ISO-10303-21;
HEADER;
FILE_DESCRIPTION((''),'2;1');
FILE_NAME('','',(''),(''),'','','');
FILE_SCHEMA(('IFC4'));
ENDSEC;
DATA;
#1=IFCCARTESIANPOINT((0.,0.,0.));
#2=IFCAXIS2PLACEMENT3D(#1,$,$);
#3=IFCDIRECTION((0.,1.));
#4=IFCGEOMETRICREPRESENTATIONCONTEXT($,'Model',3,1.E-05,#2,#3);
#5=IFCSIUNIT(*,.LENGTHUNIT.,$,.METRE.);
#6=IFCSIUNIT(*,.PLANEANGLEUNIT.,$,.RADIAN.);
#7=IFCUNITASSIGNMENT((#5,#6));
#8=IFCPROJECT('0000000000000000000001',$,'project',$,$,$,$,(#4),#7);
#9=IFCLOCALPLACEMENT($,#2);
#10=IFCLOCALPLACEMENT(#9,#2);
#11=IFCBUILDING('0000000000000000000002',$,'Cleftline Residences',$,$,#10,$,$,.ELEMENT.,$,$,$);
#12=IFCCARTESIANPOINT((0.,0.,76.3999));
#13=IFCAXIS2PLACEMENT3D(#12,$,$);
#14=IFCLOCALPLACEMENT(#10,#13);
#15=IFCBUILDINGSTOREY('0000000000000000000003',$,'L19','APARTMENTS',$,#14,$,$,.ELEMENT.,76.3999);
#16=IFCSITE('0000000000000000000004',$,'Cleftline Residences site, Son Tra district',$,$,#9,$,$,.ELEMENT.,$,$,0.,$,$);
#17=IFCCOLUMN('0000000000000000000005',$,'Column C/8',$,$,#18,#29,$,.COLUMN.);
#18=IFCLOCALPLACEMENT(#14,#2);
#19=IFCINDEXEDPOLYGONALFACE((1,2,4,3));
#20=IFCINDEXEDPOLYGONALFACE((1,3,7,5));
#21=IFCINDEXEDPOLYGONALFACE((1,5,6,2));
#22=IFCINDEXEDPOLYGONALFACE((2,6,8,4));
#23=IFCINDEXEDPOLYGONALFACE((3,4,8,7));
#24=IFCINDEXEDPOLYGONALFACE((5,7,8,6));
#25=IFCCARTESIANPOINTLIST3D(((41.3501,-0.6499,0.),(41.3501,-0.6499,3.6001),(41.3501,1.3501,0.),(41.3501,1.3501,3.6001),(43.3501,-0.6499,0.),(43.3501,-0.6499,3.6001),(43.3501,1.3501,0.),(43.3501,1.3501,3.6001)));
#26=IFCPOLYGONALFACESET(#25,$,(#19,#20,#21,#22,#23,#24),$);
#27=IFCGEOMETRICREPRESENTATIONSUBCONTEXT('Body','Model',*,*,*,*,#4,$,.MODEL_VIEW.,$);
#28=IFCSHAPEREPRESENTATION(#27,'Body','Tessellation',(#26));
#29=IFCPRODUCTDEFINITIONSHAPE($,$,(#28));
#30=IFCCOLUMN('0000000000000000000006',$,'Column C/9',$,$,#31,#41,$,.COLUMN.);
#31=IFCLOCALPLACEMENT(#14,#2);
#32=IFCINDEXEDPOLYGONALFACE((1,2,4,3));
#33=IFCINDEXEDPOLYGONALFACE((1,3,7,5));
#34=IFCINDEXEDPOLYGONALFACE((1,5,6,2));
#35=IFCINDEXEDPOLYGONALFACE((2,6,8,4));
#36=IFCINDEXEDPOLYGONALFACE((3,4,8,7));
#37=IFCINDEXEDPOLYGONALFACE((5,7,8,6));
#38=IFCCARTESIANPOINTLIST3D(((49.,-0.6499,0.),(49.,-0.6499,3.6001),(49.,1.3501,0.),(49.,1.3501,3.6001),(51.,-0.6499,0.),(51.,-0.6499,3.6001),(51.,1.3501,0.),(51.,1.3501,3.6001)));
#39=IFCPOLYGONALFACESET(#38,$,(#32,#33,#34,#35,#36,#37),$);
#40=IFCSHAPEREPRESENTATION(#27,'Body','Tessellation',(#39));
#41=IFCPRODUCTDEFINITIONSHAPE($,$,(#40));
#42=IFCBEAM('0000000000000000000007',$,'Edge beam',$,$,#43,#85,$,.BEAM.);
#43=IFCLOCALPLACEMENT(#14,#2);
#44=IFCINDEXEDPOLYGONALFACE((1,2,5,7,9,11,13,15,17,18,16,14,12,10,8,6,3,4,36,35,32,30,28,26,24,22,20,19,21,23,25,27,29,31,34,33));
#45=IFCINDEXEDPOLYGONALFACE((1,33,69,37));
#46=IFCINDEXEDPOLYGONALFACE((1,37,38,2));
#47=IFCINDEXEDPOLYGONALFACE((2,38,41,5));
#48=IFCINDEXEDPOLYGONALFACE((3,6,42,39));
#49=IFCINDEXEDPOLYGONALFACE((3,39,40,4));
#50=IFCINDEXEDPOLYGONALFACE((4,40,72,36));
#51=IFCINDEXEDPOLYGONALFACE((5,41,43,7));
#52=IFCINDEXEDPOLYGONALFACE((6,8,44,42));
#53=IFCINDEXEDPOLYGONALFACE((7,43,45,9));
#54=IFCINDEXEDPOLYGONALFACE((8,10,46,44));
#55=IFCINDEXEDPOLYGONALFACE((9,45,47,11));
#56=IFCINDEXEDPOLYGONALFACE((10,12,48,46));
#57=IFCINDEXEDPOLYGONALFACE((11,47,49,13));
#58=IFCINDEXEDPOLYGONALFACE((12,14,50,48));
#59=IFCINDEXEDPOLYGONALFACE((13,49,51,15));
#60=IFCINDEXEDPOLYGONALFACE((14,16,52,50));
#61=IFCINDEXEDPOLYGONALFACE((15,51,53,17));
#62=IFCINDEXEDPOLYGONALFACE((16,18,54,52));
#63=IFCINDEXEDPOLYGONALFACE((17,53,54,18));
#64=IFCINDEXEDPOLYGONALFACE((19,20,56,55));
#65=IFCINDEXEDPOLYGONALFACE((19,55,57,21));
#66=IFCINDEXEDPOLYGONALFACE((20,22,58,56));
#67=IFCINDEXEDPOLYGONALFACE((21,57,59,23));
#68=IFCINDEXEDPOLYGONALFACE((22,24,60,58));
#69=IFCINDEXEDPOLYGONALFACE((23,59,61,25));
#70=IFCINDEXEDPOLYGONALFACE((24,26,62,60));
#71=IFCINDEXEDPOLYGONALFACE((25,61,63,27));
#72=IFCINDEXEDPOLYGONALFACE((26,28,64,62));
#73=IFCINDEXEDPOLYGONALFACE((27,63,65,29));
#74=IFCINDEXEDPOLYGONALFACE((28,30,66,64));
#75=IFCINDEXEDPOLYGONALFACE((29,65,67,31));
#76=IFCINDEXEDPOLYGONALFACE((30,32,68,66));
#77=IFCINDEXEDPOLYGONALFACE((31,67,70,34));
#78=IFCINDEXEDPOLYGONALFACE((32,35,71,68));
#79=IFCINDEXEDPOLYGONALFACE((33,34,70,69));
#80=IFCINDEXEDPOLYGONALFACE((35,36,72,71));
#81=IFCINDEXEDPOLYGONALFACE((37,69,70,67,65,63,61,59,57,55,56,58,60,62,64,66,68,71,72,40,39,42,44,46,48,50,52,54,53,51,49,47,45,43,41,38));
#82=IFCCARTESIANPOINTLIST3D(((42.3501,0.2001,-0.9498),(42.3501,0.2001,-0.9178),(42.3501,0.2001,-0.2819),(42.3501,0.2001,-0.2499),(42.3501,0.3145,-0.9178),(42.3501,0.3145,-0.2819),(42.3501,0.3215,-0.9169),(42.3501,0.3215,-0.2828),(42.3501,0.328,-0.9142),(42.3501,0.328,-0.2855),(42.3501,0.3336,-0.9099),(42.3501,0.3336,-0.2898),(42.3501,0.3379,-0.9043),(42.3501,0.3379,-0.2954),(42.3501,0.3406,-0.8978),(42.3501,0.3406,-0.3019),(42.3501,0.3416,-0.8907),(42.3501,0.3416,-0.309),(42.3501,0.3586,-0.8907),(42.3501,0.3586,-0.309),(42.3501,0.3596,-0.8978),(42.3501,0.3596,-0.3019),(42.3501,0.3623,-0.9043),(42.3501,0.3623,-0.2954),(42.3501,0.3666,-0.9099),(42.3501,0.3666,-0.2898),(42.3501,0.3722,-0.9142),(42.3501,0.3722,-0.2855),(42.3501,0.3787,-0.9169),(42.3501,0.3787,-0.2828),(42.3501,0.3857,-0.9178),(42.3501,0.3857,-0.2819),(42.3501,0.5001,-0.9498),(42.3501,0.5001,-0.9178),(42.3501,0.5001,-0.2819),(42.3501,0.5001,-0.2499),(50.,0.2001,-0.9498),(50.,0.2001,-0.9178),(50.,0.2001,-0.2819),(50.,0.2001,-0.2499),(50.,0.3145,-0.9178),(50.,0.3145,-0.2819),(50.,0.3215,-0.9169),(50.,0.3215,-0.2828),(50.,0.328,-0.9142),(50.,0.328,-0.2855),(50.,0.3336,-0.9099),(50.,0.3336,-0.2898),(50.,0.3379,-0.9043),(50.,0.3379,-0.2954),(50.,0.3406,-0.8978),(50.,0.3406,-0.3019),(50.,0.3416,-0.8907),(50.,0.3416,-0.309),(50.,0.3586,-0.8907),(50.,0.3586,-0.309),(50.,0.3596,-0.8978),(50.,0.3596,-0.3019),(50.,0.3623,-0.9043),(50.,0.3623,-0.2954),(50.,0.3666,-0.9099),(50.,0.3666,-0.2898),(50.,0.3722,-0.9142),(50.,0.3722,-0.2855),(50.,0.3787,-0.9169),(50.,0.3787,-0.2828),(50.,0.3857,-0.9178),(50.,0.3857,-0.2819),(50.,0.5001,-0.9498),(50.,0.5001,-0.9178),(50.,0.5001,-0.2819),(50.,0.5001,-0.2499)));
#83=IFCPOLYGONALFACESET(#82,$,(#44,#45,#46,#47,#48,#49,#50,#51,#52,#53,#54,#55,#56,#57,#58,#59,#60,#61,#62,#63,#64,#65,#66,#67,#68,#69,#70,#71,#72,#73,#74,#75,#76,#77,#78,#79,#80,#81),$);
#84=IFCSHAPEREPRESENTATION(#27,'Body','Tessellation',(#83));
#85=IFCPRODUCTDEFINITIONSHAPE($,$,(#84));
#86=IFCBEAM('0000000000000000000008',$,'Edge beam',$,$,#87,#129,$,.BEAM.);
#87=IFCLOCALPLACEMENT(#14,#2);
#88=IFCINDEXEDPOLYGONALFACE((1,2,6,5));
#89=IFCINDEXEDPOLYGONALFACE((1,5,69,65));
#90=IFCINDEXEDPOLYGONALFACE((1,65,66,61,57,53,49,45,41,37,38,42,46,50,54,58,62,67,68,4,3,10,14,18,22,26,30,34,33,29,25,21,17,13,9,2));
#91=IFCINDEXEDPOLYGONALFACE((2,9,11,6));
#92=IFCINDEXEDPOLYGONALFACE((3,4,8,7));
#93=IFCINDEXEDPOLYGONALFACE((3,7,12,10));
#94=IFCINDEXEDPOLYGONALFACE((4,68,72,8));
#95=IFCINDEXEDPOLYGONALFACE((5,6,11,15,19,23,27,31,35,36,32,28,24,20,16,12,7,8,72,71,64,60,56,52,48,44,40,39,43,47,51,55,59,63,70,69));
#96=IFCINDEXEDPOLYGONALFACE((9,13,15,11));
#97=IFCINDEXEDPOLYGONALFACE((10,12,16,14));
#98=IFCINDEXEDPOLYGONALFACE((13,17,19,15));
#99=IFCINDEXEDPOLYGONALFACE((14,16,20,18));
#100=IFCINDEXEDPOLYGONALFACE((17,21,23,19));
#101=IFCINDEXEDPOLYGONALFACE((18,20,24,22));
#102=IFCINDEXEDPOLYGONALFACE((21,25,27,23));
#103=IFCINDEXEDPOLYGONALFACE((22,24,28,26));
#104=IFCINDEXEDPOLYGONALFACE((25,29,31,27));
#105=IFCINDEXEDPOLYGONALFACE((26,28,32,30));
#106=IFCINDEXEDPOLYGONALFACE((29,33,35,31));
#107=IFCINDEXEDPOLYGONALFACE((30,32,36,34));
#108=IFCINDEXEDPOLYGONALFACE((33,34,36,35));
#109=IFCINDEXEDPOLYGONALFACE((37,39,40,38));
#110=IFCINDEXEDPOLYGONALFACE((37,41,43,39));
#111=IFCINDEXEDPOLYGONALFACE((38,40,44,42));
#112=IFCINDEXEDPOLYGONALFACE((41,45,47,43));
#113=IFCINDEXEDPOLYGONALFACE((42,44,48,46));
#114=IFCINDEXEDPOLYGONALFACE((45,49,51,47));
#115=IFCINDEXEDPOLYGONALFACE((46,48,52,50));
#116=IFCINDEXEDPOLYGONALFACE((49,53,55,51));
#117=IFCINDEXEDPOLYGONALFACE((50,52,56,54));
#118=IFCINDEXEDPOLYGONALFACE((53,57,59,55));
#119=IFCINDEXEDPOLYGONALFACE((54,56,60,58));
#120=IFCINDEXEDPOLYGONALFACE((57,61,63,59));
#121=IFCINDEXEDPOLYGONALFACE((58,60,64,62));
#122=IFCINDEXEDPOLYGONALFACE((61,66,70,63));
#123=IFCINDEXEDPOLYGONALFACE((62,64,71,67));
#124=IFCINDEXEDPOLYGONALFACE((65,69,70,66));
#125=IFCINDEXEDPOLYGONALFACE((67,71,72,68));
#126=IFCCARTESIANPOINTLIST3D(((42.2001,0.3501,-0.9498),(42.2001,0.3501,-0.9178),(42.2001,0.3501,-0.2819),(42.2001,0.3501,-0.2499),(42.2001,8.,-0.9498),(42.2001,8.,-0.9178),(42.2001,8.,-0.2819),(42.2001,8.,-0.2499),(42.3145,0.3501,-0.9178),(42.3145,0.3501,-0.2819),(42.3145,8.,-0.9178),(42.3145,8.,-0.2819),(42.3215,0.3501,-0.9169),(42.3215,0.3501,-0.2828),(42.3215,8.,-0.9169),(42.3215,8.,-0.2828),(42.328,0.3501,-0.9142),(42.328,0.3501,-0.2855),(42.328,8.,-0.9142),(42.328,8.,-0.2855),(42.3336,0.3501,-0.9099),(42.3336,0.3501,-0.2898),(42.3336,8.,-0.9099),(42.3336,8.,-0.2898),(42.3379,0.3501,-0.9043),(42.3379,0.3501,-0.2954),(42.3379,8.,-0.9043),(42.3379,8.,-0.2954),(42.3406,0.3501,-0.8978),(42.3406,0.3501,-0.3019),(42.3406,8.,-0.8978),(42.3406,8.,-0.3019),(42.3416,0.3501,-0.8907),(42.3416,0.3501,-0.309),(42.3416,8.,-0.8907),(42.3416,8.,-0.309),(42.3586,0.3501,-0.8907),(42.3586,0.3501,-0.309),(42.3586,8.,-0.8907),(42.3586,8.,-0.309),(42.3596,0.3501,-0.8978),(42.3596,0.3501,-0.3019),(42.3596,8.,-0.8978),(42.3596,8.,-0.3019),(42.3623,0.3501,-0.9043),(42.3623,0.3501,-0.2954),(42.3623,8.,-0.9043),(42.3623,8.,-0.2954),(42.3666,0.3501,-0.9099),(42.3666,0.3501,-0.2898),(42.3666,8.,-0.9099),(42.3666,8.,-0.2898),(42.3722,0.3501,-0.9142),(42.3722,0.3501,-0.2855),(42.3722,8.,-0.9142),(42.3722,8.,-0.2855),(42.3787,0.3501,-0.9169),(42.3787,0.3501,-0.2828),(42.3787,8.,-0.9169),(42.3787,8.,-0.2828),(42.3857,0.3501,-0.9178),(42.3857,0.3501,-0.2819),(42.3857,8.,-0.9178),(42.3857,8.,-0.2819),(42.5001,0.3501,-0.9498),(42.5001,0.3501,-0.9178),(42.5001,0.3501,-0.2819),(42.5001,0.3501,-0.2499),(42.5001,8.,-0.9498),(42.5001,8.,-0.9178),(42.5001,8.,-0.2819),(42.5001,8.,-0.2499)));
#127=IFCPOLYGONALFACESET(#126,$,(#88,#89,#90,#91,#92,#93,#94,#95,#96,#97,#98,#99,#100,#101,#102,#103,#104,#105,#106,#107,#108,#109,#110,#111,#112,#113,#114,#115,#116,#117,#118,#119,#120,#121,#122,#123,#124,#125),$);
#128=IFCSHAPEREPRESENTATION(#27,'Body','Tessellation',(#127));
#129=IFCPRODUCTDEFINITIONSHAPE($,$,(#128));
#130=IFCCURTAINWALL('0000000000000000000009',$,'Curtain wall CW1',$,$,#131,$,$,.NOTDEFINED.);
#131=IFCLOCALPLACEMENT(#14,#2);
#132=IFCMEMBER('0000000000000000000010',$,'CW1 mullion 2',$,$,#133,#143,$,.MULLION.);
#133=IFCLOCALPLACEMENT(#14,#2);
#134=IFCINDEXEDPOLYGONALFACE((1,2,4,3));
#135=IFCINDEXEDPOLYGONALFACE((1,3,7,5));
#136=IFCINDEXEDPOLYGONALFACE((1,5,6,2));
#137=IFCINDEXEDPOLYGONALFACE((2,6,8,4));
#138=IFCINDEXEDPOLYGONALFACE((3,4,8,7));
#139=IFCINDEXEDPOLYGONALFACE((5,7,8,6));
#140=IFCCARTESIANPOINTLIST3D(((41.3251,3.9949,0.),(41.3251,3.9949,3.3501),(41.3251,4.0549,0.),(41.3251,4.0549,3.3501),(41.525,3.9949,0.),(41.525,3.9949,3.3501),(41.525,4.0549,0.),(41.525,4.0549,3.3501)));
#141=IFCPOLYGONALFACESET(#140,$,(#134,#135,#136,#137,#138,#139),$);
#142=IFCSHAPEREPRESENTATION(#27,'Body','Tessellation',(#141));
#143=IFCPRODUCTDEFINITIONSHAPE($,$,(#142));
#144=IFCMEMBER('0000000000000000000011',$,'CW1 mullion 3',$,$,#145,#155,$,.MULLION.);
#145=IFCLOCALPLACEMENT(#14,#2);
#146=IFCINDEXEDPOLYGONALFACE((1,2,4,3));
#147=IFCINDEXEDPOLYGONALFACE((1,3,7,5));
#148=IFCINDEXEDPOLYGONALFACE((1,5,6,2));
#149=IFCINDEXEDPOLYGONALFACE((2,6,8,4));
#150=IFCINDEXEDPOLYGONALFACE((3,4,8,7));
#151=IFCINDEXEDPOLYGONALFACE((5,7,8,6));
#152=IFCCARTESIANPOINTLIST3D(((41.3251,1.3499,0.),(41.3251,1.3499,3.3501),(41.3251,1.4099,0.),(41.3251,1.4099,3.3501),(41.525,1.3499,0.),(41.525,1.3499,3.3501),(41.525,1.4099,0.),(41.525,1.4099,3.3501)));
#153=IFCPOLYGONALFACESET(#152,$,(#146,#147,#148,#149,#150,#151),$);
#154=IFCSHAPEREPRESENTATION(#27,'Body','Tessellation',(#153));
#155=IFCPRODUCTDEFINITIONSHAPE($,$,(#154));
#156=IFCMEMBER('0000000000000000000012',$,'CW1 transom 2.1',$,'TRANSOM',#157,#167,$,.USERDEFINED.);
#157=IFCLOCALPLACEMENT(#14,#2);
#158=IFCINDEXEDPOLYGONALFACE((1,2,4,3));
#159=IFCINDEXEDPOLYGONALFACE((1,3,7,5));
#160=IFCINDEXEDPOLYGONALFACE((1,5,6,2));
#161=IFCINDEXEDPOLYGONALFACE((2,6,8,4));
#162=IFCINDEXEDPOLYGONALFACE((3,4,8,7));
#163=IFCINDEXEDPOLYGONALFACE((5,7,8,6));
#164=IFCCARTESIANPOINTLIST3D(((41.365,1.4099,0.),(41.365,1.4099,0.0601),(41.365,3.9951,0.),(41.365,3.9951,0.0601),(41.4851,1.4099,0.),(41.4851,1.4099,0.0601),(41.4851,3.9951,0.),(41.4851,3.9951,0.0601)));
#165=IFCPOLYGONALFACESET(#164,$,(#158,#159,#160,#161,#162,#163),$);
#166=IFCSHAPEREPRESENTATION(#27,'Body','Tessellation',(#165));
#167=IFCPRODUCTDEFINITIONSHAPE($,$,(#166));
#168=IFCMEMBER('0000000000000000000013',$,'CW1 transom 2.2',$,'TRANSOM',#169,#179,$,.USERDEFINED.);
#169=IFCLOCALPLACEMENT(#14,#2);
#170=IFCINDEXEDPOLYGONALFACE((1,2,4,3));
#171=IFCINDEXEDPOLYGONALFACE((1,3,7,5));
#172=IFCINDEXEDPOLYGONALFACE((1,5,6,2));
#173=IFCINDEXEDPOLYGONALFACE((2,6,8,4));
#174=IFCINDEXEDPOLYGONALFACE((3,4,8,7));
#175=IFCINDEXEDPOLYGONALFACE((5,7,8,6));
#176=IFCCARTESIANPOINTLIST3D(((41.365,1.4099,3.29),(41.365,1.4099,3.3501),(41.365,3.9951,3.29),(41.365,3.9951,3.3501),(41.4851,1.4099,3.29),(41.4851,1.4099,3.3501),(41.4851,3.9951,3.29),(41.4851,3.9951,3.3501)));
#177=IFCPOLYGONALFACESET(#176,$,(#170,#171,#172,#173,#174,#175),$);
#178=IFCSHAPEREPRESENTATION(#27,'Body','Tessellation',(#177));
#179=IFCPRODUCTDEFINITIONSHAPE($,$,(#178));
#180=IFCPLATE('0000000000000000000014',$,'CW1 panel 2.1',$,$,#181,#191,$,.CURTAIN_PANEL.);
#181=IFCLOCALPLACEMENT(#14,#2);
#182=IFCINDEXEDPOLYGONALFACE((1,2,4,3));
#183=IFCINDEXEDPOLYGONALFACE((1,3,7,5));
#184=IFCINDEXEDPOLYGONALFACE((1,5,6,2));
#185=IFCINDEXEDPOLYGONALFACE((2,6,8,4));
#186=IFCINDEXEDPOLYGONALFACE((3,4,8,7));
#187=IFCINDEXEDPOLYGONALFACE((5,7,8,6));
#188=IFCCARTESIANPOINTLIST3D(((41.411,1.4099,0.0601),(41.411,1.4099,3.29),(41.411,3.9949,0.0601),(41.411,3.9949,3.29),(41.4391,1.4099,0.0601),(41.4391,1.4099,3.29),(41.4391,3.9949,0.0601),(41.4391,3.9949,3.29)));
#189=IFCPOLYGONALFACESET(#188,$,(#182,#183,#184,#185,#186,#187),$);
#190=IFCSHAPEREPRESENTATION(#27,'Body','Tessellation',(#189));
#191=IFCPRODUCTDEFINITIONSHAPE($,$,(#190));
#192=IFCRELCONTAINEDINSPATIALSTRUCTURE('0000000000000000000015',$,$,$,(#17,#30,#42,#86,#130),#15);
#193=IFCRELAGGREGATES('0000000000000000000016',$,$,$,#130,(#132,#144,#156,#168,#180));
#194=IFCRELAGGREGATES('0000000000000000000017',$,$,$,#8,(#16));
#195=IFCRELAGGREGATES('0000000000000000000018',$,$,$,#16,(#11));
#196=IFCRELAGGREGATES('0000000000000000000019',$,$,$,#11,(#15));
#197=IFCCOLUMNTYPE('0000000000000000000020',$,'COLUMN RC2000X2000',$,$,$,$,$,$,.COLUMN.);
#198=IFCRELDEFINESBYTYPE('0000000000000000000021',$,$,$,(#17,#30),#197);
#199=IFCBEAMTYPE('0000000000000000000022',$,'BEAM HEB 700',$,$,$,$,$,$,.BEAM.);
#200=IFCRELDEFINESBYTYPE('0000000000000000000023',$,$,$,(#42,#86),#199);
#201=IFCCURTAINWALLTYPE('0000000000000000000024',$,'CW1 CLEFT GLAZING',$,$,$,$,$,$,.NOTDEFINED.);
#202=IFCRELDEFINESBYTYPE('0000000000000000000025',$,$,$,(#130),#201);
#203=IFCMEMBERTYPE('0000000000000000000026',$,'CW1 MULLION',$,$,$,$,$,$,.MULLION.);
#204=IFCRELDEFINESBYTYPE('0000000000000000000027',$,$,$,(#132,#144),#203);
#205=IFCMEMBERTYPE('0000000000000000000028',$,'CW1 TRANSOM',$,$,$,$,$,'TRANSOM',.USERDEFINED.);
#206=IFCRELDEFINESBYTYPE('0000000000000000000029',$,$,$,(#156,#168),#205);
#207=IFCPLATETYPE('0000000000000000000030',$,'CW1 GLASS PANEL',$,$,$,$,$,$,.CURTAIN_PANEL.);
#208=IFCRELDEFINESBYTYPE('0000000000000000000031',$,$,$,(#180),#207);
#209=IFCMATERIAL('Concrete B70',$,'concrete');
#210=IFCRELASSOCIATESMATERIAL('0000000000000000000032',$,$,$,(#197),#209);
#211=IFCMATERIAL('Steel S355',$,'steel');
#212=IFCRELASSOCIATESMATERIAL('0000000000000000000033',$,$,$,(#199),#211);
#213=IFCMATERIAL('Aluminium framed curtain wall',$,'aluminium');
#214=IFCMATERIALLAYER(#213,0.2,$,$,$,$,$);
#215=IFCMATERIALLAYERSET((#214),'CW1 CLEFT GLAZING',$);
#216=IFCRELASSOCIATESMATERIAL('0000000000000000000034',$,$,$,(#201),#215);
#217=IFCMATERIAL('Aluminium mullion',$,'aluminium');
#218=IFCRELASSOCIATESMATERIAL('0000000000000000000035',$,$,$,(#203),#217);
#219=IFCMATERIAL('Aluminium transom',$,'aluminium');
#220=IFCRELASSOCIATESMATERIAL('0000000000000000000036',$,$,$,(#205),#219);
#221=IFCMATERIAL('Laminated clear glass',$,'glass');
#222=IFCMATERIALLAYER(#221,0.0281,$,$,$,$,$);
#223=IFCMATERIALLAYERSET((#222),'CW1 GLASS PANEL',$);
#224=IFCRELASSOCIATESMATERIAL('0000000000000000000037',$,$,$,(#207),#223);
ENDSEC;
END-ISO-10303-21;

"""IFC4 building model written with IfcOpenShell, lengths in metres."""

from ifc_helpers import new_model, si_unit, direction, frame, origin, origin_2d, place, context, subcontext, project, spatial, rectangle, i_section, extrude, material, layer, layer_set, material_profile, profile_set, type_object, element, aggregate, save


model = new_model("IFC4")

# Units and contexts
model_context = context("Model", 3, precision=1e-05, world=origin(), true_north=direction((0.0, 1.0)))
body_context = subcontext(model_context, "Body", "Model", "MODEL_VIEW")
ifc_project = project(units=[si_unit("LENGTHUNIT", "METRE"), si_unit("PLANEANGLEUNIT", "RADIAN")], contexts=[model_context])

# Site, building, storey
site_placement = place(None, origin())
site = spatial("IfcSite", under=ifc_project, at=site_placement, Name="Cleftline Residences site, Son Tra district", CompositionType="ELEMENT", RefElevation=0.0)
building_placement = place(site_placement, origin())
building = spatial("IfcBuilding", under=site, at=building_placement, Name="Cleftline Residences", CompositionType="ELEMENT")
storey_placement = place(building_placement, frame((0.0, 0.0, 76.3999)))
storey = spatial("IfcBuildingStorey", under=building, at=storey_placement, Name="L19", Description="APARTMENTS", CompositionType="ELEMENT", Elevation=76.3999)

# Columns
ifc_material_1 = material(Name="Concrete B70", Category="concrete")
ifc_material_profile_1 = material_profile(ifc_material_1, rectangle(XDim=2.0, YDim=2.0, at=origin_2d()))
ifc_profile_set_1 = profile_set([ifc_material_profile_1], Name="Concrete B70")
column_type = type_object("IfcColumnType", Name="COLUMN RC2000X2000", PredefinedType="COLUMN", material=ifc_profile_set_1)
for number, where, z_axis, x_axis, name in (
    (1, (42.3501, 0.3501, 0.0), (0.0, 0.0, 1.0), (1.0, 0.0, 0.0), "Column C/8"),
    (2, (50.0, 0.3501, 0.0), (0.0, 0.0, 1.0), (1.0, 0.0, 0.0), "Column C/9"),
):
    element("IfcColumn", number, at=place(storey_placement, frame(where, z_axis=z_axis, x_axis=x_axis)), inside=storey, type_object=column_type, Name=name, PredefinedType="COLUMN", context=body_context, shape_type="SweptSolid", body=[
        extrude(rectangle(XDim=2.0, YDim=2.0, at=origin_2d()), origin(), (0.0, 0.0, 1.0), 3.6001),
    ])

# Beams
ifc_material_2 = material(Name="Steel S355", Category="steel")
ifc_material_profile_2 = material_profile(ifc_material_2, i_section(OverallWidth=0.3, OverallDepth=0.7, WebThickness=0.0171, FlangeThickness=0.032, FilletRadius=0.0271, at=origin_2d()))
ifc_profile_set_2 = profile_set([ifc_material_profile_2], Name="Steel S355")
beam_type = type_object("IfcBeamType", Name="BEAM HEB 700", PredefinedType="BEAM", material=ifc_profile_set_2)
for number, where, z_axis, x_axis, name in (
    (3, (50.0, 0.3501, -0.5999), (-1.0, 0.0, 0.0), (0.0, -1.0, 0.0), "Edge beam"),
    (4, (42.3501, 0.3501, -0.5999), (0.0, 1.0, 0.0), (-1.0, 0.0, 0.0), "Edge beam"),
):
    element("IfcBeam", number, at=place(storey_placement, frame(where, z_axis=z_axis, x_axis=x_axis)), inside=storey, type_object=beam_type, Name=name, PredefinedType="BEAM", context=body_context, shape_type="SweptSolid", body=[
        extrude(i_section(OverallWidth=0.3, OverallDepth=0.7, WebThickness=0.0171, FlangeThickness=0.032, FilletRadius=0.0271, at=origin_2d()), origin(), (0.0, 0.0, 1.0), 7.6499),
    ])

# Curtain wall, members, plate
ifc_material_3 = material(Name="Aluminium framed curtain wall", Category="aluminium")
ifc_layer_1 = layer(ifc_material_3, 0.2)
ifc_layer_set_1 = layer_set([ifc_layer_1], Name="CW1 CLEFT GLAZING")
curtain_wall_type = type_object("IfcCurtainWallType", Name="CW1 CLEFT GLAZING", PredefinedType="NOTDEFINED", material=ifc_layer_set_1)
curtain_wall_placement = place(storey_placement, origin())
curtain_wall = element("IfcCurtainWall", 5, at=curtain_wall_placement, inside=storey, type_object=curtain_wall_type, Name="Curtain wall CW1", PredefinedType="NOTDEFINED")
ifc_material_4 = material(Name="Aluminium mullion", Category="aluminium")
ifc_material_profile_3 = material_profile(ifc_material_4, rectangle(XDim=0.2, YDim=0.0601, at=origin_2d()))
ifc_profile_set_3 = profile_set([ifc_material_profile_3], Name="Aluminium mullion")
member_type_1 = type_object("IfcMemberType", Name="CW1 MULLION", PredefinedType="MULLION", material=ifc_profile_set_3)
member_1_placement = place(storey_placement, frame((41.425, 4.0249, 0.0), z_axis=(0.0, 0.0, 1.0), x_axis=(1.0, 0.0, 0.0)))
member_1 = element("IfcMember", 6, at=member_1_placement, type_object=member_type_1, Name="CW1 mullion 2", PredefinedType="MULLION", context=body_context, shape_type="SweptSolid", body=[
    extrude(rectangle(XDim=0.2, YDim=0.0601, at=origin_2d()), origin(), (0.0, 0.0, 1.0), 3.3501),
])
member_2_placement = place(storey_placement, frame((41.425, 1.3799, 0.0), z_axis=(0.0, 0.0, 1.0), x_axis=(1.0, 0.0, 0.0)))
member_2 = element("IfcMember", 7, at=member_2_placement, type_object=member_type_1, Name="CW1 mullion 3", PredefinedType="MULLION", context=body_context, shape_type="SweptSolid", body=[
    extrude(rectangle(XDim=0.2, YDim=0.0601, at=origin_2d()), origin(), (0.0, 0.0, 1.0), 3.3501),
])
ifc_material_5 = material(Name="Aluminium transom", Category="aluminium")
ifc_material_profile_4 = material_profile(ifc_material_5, rectangle(XDim=0.1201, YDim=0.0601, at=origin_2d()))
ifc_profile_set_4 = profile_set([ifc_material_profile_4], Name="Aluminium transom")
member_type_2 = type_object("IfcMemberType", Name="CW1 TRANSOM", ElementType="TRANSOM", PredefinedType="USERDEFINED", material=ifc_profile_set_4)
member_3_placement = place(storey_placement, frame((41.425, 3.9951, 0.03), z_axis=(0.0, -1.0, 0.0), x_axis=(1.0, 0.0, 0.0)))
member_3 = element("IfcMember", 8, at=member_3_placement, type_object=member_type_2, Name="CW1 transom 2.1", ObjectType="TRANSOM", PredefinedType="USERDEFINED", context=body_context, shape_type="SweptSolid", body=[
    extrude(rectangle(XDim=0.1201, YDim=0.0601, at=origin_2d()), origin(), (0.0, 0.0, 1.0), 2.5852),
])
member_4_placement = place(storey_placement, frame((41.425, 3.9951, 3.3201), z_axis=(0.0, -1.0, 0.0), x_axis=(1.0, 0.0, 0.0)))
member_4 = element("IfcMember", 9, at=member_4_placement, type_object=member_type_2, Name="CW1 transom 2.2", ObjectType="TRANSOM", PredefinedType="USERDEFINED", context=body_context, shape_type="SweptSolid", body=[
    extrude(rectangle(XDim=0.1201, YDim=0.0601, at=origin_2d()), origin(), (0.0, 0.0, 1.0), 2.5852),
])
ifc_material_6 = material(Name="Laminated clear glass", Category="glass")
ifc_layer_2 = layer(ifc_material_6, 0.0281)
ifc_layer_set_2 = layer_set([ifc_layer_2], Name="CW1 GLASS PANEL")
plate_type = type_object("IfcPlateType", Name="CW1 GLASS PANEL", PredefinedType="CURTAIN_PANEL", material=ifc_layer_set_2)
plate_placement = place(storey_placement, frame((41.425, 2.7024, 0.0601), z_axis=(0.0, 0.0, 1.0), x_axis=(0.0, -1.0, 0.0)))
plate = element("IfcPlate", 10, at=plate_placement, type_object=plate_type, Name="CW1 panel 2.1", PredefinedType="CURTAIN_PANEL", context=body_context, shape_type="SweptSolid", body=[
    extrude(rectangle(XDim=2.585, YDim=0.0281, at=origin_2d()), origin(), (0.0, 0.0, 1.0), 3.23),
])
aggregate(curtain_wall, [member_1, member_2, member_3, member_4, plate])

save(model, "model.ifc")
